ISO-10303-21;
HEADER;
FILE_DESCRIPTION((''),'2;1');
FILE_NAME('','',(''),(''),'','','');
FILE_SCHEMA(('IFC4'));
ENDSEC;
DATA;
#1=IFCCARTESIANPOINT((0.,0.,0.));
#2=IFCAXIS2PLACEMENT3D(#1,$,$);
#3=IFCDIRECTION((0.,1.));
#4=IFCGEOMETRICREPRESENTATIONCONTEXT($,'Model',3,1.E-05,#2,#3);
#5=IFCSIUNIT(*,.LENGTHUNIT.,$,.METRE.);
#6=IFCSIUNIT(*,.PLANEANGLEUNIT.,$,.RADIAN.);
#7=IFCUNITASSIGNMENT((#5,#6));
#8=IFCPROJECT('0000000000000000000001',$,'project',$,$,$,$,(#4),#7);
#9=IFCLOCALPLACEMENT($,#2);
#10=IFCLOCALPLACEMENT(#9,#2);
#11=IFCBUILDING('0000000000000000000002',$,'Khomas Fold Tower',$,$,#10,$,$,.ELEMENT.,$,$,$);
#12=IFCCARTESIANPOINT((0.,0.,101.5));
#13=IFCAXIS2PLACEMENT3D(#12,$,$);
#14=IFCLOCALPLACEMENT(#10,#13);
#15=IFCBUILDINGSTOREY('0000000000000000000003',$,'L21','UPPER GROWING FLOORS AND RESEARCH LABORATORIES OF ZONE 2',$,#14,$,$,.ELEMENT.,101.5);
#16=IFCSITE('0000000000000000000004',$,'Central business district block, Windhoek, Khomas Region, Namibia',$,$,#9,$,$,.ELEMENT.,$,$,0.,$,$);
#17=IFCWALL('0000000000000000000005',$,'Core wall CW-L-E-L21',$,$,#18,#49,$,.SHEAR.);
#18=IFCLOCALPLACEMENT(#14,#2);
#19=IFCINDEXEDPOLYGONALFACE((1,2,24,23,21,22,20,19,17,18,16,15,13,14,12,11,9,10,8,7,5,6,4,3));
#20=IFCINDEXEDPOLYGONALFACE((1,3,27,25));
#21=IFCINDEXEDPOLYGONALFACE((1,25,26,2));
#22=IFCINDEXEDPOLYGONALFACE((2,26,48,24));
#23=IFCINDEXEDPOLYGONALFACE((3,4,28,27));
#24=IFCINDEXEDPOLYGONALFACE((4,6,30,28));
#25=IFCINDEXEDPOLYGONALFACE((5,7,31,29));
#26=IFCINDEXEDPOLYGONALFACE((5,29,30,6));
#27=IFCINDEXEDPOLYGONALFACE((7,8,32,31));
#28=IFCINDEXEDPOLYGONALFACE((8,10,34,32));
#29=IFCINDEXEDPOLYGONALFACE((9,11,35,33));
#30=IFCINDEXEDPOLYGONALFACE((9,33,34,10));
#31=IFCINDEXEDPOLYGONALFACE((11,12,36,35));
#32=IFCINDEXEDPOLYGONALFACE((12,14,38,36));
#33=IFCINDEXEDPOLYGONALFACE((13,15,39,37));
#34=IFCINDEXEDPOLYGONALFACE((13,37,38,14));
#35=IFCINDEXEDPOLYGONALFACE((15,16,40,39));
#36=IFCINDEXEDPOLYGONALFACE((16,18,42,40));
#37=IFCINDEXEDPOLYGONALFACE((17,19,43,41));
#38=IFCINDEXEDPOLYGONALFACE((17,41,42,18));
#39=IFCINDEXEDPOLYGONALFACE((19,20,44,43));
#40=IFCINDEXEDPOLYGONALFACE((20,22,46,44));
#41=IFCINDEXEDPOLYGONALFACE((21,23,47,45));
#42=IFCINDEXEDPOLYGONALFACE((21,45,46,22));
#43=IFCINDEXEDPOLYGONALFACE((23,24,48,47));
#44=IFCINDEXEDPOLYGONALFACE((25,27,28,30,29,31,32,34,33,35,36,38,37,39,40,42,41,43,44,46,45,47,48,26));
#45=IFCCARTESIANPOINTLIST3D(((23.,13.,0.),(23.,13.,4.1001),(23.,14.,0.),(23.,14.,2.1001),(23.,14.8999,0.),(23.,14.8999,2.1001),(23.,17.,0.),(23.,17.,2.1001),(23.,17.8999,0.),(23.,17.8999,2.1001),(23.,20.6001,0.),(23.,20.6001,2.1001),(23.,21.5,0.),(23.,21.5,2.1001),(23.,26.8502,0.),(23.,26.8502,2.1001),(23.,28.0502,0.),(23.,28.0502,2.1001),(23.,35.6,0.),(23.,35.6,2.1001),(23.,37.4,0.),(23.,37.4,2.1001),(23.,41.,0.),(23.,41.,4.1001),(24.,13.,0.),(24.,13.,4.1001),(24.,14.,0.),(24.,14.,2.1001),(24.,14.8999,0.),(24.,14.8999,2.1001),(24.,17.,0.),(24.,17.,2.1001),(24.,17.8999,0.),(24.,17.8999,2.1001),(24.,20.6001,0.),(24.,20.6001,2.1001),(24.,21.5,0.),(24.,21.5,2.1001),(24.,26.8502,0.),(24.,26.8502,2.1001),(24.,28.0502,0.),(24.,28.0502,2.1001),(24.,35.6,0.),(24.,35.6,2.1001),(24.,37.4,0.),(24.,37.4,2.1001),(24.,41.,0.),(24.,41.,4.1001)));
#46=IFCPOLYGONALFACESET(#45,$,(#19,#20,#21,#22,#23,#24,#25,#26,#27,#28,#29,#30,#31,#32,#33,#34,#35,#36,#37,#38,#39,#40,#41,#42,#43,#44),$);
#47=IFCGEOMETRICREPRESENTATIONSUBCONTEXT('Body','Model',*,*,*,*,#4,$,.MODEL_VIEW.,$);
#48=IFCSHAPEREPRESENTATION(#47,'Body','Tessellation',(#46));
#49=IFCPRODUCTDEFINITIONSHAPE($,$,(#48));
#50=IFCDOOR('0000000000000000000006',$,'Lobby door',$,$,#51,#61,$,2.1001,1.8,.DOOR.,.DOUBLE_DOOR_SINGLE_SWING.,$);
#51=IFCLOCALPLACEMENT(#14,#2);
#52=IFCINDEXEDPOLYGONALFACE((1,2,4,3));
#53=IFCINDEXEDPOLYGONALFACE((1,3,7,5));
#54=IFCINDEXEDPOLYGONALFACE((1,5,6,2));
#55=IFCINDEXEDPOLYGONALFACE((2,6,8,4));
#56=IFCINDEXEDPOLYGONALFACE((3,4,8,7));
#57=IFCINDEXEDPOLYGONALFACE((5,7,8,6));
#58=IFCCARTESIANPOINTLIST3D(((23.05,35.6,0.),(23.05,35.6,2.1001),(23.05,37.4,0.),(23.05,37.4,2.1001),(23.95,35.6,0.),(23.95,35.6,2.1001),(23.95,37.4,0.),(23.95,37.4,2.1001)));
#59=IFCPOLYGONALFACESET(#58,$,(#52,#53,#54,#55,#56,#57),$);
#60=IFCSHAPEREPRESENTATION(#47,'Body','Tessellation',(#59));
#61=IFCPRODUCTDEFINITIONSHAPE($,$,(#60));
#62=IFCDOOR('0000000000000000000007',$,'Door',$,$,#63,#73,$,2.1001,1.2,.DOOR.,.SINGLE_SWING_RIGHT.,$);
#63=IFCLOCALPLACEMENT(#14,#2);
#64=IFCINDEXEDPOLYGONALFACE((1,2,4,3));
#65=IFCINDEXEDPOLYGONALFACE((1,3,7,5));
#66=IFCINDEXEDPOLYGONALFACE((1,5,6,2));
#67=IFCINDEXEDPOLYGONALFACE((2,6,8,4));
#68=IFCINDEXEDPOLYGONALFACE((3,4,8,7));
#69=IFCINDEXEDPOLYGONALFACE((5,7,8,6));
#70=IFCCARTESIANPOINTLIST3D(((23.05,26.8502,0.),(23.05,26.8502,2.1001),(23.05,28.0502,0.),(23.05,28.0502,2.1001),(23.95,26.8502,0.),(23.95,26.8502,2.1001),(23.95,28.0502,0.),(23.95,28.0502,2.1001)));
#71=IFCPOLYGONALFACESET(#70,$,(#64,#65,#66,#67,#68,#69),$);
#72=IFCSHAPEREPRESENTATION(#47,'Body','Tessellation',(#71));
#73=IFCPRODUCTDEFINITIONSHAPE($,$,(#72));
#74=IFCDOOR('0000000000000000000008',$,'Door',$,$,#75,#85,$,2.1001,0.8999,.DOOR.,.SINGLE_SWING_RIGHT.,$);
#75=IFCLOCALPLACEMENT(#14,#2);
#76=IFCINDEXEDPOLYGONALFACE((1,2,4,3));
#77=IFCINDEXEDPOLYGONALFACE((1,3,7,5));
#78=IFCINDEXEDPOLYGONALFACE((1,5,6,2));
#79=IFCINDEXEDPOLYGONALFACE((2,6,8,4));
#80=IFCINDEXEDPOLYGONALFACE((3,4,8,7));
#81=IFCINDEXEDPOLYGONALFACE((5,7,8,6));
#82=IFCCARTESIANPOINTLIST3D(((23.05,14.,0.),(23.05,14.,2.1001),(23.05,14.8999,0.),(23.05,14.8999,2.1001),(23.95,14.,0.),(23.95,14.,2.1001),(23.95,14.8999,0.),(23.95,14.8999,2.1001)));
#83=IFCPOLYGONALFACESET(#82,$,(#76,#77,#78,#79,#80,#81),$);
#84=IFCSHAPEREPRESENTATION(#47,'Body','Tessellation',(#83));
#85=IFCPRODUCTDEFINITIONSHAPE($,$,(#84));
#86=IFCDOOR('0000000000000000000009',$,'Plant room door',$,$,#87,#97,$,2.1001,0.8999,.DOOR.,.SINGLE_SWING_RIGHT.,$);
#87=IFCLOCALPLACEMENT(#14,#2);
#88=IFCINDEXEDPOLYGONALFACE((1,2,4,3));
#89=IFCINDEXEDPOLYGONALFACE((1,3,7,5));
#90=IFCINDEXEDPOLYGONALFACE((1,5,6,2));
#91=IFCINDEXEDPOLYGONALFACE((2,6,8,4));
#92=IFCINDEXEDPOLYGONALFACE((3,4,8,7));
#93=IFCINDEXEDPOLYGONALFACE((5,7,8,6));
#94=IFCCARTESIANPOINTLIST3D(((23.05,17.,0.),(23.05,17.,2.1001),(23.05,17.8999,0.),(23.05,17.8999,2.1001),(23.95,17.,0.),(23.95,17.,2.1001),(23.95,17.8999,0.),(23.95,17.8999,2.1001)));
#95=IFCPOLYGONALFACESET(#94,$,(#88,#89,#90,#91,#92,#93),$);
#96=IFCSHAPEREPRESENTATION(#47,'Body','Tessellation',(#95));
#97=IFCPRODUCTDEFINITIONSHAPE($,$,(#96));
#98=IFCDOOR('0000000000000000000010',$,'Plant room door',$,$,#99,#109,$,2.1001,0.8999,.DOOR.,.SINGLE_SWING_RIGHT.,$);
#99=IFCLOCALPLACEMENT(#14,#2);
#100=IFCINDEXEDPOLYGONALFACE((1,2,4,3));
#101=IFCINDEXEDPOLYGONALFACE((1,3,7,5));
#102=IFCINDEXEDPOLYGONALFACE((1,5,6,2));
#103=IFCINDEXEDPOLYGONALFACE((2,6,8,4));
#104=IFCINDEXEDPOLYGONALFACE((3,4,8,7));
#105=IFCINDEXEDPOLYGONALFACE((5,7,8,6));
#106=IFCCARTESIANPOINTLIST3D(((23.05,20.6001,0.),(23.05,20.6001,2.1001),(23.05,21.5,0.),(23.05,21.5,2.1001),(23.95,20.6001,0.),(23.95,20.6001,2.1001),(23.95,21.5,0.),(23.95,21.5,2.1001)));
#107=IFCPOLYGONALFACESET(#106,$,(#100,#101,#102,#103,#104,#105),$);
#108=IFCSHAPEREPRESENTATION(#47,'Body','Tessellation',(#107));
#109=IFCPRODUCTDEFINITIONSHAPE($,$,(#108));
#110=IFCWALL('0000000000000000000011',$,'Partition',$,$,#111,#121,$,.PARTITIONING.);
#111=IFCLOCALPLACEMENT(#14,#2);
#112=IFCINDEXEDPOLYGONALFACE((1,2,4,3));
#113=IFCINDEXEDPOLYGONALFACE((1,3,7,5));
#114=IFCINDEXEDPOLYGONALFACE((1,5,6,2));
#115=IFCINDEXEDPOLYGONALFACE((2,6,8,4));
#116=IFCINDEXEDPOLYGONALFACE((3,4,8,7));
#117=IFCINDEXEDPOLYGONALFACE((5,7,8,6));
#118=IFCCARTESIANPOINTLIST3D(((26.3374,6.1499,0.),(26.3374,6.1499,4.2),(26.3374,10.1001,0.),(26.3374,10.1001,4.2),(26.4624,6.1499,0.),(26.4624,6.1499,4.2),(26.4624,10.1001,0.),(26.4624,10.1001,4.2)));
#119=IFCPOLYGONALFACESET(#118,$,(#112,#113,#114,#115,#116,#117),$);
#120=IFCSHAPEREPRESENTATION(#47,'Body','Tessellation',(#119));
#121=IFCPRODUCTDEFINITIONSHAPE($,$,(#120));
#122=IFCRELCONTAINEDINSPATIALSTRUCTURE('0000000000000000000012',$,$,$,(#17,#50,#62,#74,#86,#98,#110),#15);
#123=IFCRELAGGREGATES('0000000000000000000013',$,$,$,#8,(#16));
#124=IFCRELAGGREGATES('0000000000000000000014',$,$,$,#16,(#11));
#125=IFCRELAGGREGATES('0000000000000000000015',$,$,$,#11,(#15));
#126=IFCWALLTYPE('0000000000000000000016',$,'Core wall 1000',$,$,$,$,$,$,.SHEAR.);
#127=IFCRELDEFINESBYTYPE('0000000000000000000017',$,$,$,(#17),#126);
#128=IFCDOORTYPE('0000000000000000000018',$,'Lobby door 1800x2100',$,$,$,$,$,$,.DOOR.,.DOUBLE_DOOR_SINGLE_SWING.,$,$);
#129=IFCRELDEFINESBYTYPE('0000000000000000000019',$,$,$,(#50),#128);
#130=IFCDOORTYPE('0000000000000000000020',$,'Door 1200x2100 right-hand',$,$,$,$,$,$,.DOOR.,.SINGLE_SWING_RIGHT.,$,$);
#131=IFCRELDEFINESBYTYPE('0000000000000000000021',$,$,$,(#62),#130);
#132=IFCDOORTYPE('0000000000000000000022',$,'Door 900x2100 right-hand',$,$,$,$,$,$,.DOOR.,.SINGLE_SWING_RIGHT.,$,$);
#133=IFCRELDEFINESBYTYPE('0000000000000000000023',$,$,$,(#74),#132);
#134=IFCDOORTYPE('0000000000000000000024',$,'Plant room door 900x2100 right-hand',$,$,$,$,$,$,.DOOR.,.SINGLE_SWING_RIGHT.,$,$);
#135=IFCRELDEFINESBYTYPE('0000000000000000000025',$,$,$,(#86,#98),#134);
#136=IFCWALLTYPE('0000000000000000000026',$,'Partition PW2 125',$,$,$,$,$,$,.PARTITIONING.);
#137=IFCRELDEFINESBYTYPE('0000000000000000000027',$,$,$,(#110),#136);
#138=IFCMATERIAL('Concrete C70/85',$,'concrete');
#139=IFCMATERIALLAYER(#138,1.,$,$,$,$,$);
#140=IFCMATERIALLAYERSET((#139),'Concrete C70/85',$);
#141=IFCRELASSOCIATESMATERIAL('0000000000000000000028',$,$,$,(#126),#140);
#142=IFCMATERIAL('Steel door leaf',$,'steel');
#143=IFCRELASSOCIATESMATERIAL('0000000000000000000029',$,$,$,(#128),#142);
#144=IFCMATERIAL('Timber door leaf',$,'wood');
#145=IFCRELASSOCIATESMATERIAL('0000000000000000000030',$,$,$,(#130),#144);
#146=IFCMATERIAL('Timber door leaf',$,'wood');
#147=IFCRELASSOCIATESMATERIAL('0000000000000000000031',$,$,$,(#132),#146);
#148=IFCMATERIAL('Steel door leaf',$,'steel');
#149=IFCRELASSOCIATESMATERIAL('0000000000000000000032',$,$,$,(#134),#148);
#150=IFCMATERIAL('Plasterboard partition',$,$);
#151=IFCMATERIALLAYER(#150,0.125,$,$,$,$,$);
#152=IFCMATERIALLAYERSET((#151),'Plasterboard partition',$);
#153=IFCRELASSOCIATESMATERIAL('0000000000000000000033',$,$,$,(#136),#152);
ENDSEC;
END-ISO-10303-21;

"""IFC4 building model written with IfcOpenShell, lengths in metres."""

from ifc_helpers import new_model, si_unit, direction, frame, frame_2d, origin, place, context, subcontext, project, spatial, rectangle, extrude, source, transform, mapped, material, layer, layer_set, type_object, element, fill, save


model = new_model("IFC4")

# Units and contexts
model_context = context("Model", 3, precision=1e-05, world=origin(), true_north=direction((0.0, 1.0)))
body_context = subcontext(model_context, "Body", "Model", "MODEL_VIEW")
ifc_project = project(units=[si_unit("LENGTHUNIT", "METRE"), si_unit("PLANEANGLEUNIT", "RADIAN")], contexts=[model_context])

# Site, building, storey
site_placement = place(None, origin())
site = spatial("IfcSite", under=ifc_project, at=site_placement, Name="Central business district block, Windhoek, Khomas Region, Namibia", CompositionType="ELEMENT", RefElevation=0.0)
building_placement = place(site_placement, origin())
building = spatial("IfcBuilding", under=site, at=building_placement, Name="Khomas Fold Tower", CompositionType="ELEMENT")
storey_placement = place(building_placement, frame((0.0, 0.0, 101.5)))
storey = spatial("IfcBuildingStorey", under=building, at=storey_placement, Name="L21", Description="UPPER GROWING FLOORS AND RESEARCH LABORATORIES OF ZONE 2", CompositionType="ELEMENT", Elevation=101.5)

# Shared definitions
ifc_material_1 = material(Name="Concrete C70/85", Category="concrete")
ifc_layer_1 = layer(ifc_material_1, 1.0)
ifc_layer_set_1 = layer_set([ifc_layer_1], Name="Concrete C70/85")
wall_type_1 = type_object("IfcWallType", Name="Core wall 1000", PredefinedType="SHEAR", material=ifc_layer_set_1)

# Wall, openings, doors
shared_shape_1 = source(origin(), body_context, "Body", "SweptSolid", [
    extrude(rectangle(XDim=28.0, YDim=1.0, at=frame_2d((14.0, 0.0))), origin(), (0.0, 0.0, 1.0), 4.1001),
])
wall_1_placement = place(storey_placement, frame((23.5, 13.0, 0.0), z_axis=(0.0, 0.0, 1.0), x_axis=(0.0, 1.0, 0.0)))
wall_1 = element("IfcWall", 1, at=wall_1_placement, inside=storey, type_object=wall_type_1, Name="Core wall CW-L-E-L21", PredefinedType="SHEAR", context=body_context, shape_type="MappedRepresentation", body=[
    mapped(shared_shape_1, transform((0.0, 0.0, 0.0))),
])
shared_shape_2 = source(origin(), body_context, "Body", "SweptSolid", [
    extrude(rectangle(XDim=1.8, YDim=2.1001, at=frame_2d((0.8999, 1.05))), frame((0.0, 0.51, 0.0), z_axis=(0.0, -1.0, 0.0), x_axis=(1.0, 0.0, 0.0)), (0.0, 0.0, 1.0), 1.02),
])
opening_1_placement = place(wall_1_placement, frame((22.6001, 0.0, 0.0)))
opening_1 = element("IfcOpeningElement", 2, at=opening_1_placement, cuts=wall_1, PredefinedType="OPENING", context=body_context, shape_type="MappedRepresentation", body=[
    mapped(shared_shape_2, transform((0.0, 0.0, 0.0))),
])
shared_shape_3 = source(origin(), body_context, "Body", "SweptSolid", [
    extrude(rectangle(XDim=1.2, YDim=2.1001, at=frame_2d((0.6001, 1.05))), frame((0.0, 0.51, 0.0), z_axis=(0.0, -1.0, 0.0), x_axis=(1.0, 0.0, 0.0)), (0.0, 0.0, 1.0), 1.02),
])
opening_2_placement = place(wall_1_placement, frame((13.8501, 0.0, 0.0)))
opening_2 = element("IfcOpeningElement", 3, at=opening_2_placement, cuts=wall_1, PredefinedType="OPENING", context=body_context, shape_type="MappedRepresentation", body=[
    mapped(shared_shape_3, transform((0.0, 0.0, 0.0))),
])
shared_shape_4 = source(origin(), body_context, "Body", "SweptSolid", [
    extrude(rectangle(XDim=0.8999, YDim=2.1001, at=frame_2d((0.45, 1.05))), frame((0.0, 0.51, 0.0), z_axis=(0.0, -1.0, 0.0), x_axis=(1.0, 0.0, 0.0)), (0.0, 0.0, 1.0), 1.02),
])
opening_3_placement = place(wall_1_placement, frame((1.0, 0.0, 0.0)))
opening_3 = element("IfcOpeningElement", 4, at=opening_3_placement, cuts=wall_1, PredefinedType="OPENING", context=body_context, shape_type="MappedRepresentation", body=[
    mapped(shared_shape_4, transform((0.0, 0.0, 0.0))),
])
opening_4_placement = place(wall_1_placement, frame((4.0, 0.0, 0.0)))
opening_4 = element("IfcOpeningElement", 5, at=opening_4_placement, cuts=wall_1, PredefinedType="OPENING", context=body_context, shape_type="MappedRepresentation", body=[
    mapped(shared_shape_4, transform((0.0, 0.0, 0.0))),
])
opening_5_placement = place(wall_1_placement, frame((7.6001, 0.0, 0.0)))
opening_5 = element("IfcOpeningElement", 6, at=opening_5_placement, cuts=wall_1, PredefinedType="OPENING", context=body_context, shape_type="MappedRepresentation", body=[
    mapped(shared_shape_4, transform((0.0, 0.0, 0.0))),
])
ifc_material_2 = material(Name="Steel door leaf", Category="steel")
door_type_1 = type_object("IfcDoorType", Name="Lobby door 1800x2100", OperationType="DOUBLE_DOOR_SINGLE_SWING", PredefinedType="DOOR", material=ifc_material_2)
shared_shape_5 = source(origin(), body_context, "Body", "SweptSolid", [
    extrude(rectangle(XDim=1.8, YDim=2.1001, at=frame_2d((0.8999, 1.05))), frame((0.0, 0.45, 0.0), z_axis=(0.0, -1.0, 0.0), x_axis=(1.0, 0.0, 0.0)), (0.0, 0.0, 1.0), 0.8999),
])
door_1_placement = place(opening_1_placement, origin())
door_1 = element("IfcDoor", 7, at=door_1_placement, inside=storey, type_object=door_type_1, Name="Lobby door", OperationType="DOUBLE_DOOR_SINGLE_SWING", OverallHeight=2.1001, OverallWidth=1.8, PredefinedType="DOOR", context=body_context, shape_type="MappedRepresentation", body=[
    mapped(shared_shape_5, transform((0.0, 0.0, 0.0))),
])
fill(opening_1, door_1)
ifc_material_3 = material(Name="Timber door leaf", Category="wood")
door_type_2 = type_object("IfcDoorType", Name="Door 1200x2100 right-hand", OperationType="SINGLE_SWING_RIGHT", PredefinedType="DOOR", material=ifc_material_3)
shared_shape_6 = source(origin(), body_context, "Body", "SweptSolid", [
    extrude(rectangle(XDim=1.2, YDim=2.1001, at=frame_2d((0.6001, 1.05))), frame((0.0, 0.45, 0.0), z_axis=(0.0, -1.0, 0.0), x_axis=(1.0, 0.0, 0.0)), (0.0, 0.0, 1.0), 0.8999),
])
door_2_placement = place(opening_2_placement, origin())
door_2 = element("IfcDoor", 8, at=door_2_placement, inside=storey, type_object=door_type_2, Name="Door", OperationType="SINGLE_SWING_RIGHT", OverallHeight=2.1001, OverallWidth=1.2, PredefinedType="DOOR", context=body_context, shape_type="MappedRepresentation", body=[
    mapped(shared_shape_6, transform((0.0, 0.0, 0.0))),
])
fill(opening_2, door_2)
ifc_material_4 = material(Name="Timber door leaf", Category="wood")
door_type_3 = type_object("IfcDoorType", Name="Door 900x2100 right-hand", OperationType="SINGLE_SWING_RIGHT", PredefinedType="DOOR", material=ifc_material_4)
shared_shape_7 = source(origin(), body_context, "Body", "SweptSolid", [
    extrude(rectangle(XDim=0.8999, YDim=2.1001, at=frame_2d((0.45, 1.05))), frame((0.0, 0.45, 0.0), z_axis=(0.0, -1.0, 0.0), x_axis=(1.0, 0.0, 0.0)), (0.0, 0.0, 1.0), 0.8999),
])
door_3_placement = place(opening_3_placement, origin())
door_3 = element("IfcDoor", 9, at=door_3_placement, inside=storey, type_object=door_type_3, Name="Door", OperationType="SINGLE_SWING_RIGHT", OverallHeight=2.1001, OverallWidth=0.8999, PredefinedType="DOOR", context=body_context, shape_type="MappedRepresentation", body=[
    mapped(shared_shape_7, transform((0.0, 0.0, 0.0))),
])
fill(opening_3, door_3)
ifc_material_5 = material(Name="Steel door leaf", Category="steel")
door_type_4 = type_object("IfcDoorType", Name="Plant room door 900x2100 right-hand", OperationType="SINGLE_SWING_RIGHT", PredefinedType="DOOR", material=ifc_material_5)
door_4_placement = place(opening_4_placement, origin())
door_4 = element("IfcDoor", 10, at=door_4_placement, inside=storey, type_object=door_type_4, Name="Plant room door", OperationType="SINGLE_SWING_RIGHT", OverallHeight=2.1001, OverallWidth=0.8999, PredefinedType="DOOR", context=body_context, shape_type="MappedRepresentation", body=[
    mapped(shared_shape_7, transform((0.0, 0.0, 0.0))),
])
fill(opening_4, door_4)
door_5_placement = place(opening_5_placement, origin())
door_5 = element("IfcDoor", 11, at=door_5_placement, inside=storey, type_object=door_type_4, Name="Plant room door", OperationType="SINGLE_SWING_RIGHT", OverallHeight=2.1001, OverallWidth=0.8999, PredefinedType="DOOR", context=body_context, shape_type="MappedRepresentation", body=[
    mapped(shared_shape_7, transform((0.0, 0.0, 0.0))),
])
fill(opening_5, door_5)

# Wall
ifc_material_6 = material(Name="Plasterboard partition")
ifc_layer_2 = layer(ifc_material_6, 0.125)
ifc_layer_set_2 = layer_set([ifc_layer_2], Name="Plasterboard partition")
wall_type_2 = type_object("IfcWallType", Name="Partition PW2 125", PredefinedType="PARTITIONING", material=ifc_layer_set_2)
shared_shape_8 = source(origin(), body_context, "Body", "SweptSolid", [
    extrude(rectangle(XDim=3.9502, YDim=0.125, at=frame_2d((1.9751, 0.0))), origin(), (0.0, 0.0, 1.0), 4.2),
])
wall_2_placement = place(storey_placement, frame((26.3999, 6.1499, 0.0), z_axis=(0.0, 0.0, 1.0), x_axis=(0.0, 1.0, 0.0)))
element("IfcWall", 12, at=wall_2_placement, inside=storey, type_object=wall_type_2, Name="Partition", PredefinedType="PARTITIONING", context=body_context, shape_type="MappedRepresentation", body=[
    mapped(shared_shape_8, transform((0.0, 0.0, 0.0))),
])

save(model, "model.ifc")
